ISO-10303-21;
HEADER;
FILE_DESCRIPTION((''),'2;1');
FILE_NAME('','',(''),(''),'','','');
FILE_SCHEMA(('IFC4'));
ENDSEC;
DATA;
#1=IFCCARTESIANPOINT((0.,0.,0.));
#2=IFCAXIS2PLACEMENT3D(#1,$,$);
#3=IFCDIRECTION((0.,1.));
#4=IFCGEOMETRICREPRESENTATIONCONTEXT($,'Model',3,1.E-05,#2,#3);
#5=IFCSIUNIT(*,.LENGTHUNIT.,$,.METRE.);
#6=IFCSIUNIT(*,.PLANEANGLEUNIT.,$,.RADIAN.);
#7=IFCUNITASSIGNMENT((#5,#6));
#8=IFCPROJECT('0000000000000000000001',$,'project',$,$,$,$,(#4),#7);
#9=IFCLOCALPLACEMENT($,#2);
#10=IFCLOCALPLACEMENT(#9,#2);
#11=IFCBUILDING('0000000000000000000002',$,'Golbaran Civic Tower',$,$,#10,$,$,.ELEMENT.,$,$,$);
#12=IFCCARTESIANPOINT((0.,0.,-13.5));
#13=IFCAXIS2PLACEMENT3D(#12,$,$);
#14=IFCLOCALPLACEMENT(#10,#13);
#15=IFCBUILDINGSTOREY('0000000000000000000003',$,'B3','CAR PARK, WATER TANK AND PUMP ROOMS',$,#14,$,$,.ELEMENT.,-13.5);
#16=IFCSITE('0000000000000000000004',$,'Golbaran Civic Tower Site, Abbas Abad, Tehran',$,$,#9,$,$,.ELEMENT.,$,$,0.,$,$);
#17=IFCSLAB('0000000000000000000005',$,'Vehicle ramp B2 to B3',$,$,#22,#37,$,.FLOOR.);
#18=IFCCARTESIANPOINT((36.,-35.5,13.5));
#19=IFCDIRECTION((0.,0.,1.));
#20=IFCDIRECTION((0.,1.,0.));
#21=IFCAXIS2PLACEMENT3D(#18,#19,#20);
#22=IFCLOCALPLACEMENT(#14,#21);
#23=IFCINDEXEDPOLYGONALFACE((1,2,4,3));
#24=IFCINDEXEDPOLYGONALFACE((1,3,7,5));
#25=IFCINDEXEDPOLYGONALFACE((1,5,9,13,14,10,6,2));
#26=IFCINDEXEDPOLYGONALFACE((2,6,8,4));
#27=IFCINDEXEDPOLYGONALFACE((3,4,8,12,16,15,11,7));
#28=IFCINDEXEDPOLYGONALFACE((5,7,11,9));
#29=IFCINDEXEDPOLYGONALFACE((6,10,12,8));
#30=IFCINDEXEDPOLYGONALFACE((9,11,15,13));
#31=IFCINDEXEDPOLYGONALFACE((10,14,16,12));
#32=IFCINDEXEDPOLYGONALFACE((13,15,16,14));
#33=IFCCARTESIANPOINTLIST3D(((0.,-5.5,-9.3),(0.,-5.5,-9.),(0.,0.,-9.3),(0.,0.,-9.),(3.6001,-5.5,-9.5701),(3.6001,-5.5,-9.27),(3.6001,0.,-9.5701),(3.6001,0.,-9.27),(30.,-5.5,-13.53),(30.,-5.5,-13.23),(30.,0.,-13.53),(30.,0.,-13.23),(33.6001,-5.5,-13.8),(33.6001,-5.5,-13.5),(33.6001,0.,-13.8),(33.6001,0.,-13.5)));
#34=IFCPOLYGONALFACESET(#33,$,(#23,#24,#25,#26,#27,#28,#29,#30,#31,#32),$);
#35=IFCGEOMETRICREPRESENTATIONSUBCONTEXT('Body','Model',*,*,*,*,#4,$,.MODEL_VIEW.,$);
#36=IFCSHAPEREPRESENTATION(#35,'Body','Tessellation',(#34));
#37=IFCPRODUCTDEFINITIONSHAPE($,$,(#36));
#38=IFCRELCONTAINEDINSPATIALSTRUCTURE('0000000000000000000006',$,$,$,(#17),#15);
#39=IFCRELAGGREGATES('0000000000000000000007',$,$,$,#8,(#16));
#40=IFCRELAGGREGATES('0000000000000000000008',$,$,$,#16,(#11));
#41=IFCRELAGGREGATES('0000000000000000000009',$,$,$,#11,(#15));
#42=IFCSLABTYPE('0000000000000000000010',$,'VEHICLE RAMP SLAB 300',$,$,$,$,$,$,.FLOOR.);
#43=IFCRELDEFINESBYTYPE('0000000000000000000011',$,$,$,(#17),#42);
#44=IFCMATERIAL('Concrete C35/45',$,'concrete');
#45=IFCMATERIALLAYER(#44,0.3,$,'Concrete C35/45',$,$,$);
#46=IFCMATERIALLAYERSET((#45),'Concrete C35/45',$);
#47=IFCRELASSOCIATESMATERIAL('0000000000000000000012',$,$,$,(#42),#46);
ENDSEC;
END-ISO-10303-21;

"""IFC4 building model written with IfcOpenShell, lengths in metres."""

from ifc_helpers import new_model, si_unit, direction, frame, origin, place, context, subcontext, project, spatial, polyline, outline, extrude, material, layer, layer_set, type_object, element, save


model = new_model("IFC4")

# Units and contexts
model_context = context("Model", 3, precision=1e-05, world=origin(), true_north=direction((0.0, 1.0)))
body_context = subcontext(model_context, "Body", "Model", "MODEL_VIEW")
ifc_project = project(units=[si_unit("LENGTHUNIT", "METRE"), si_unit("PLANEANGLEUNIT", "RADIAN")], contexts=[model_context])

# Site, building, storey
site_placement = place(None, origin())
site = spatial("IfcSite", under=ifc_project, at=site_placement, Name="Golbaran Civic Tower Site, Abbas Abad, Tehran", CompositionType="ELEMENT", RefElevation=0.0)
building_placement = place(site_placement, origin())
building = spatial("IfcBuilding", under=site, at=building_placement, Name="Golbaran Civic Tower", CompositionType="ELEMENT")
storey_placement = place(building_placement, frame((0.0, 0.0, -13.5)))
storey = spatial("IfcBuildingStorey", under=building, at=storey_placement, Name="B3", Description="CAR PARK, WATER TANK AND PUMP ROOMS", CompositionType="ELEMENT", Elevation=-13.5)

# Shared definitions
ifc_material_1 = material(Name="Concrete C35/45", Category="concrete")

# Slab
ifc_layer_1 = layer(ifc_material_1, 0.3, Name="Concrete C35/45")
ifc_layer_set_1 = layer_set([ifc_layer_1], Name="Concrete C35/45")
slab_type = type_object("IfcSlabType", Name="VEHICLE RAMP SLAB 300", PredefinedType="FLOOR", material=ifc_layer_set_1)
slab_placement = place(storey_placement, frame((36.0, -35.5, 13.5), z_axis=(0.0, 0.0, 1.0), x_axis=(0.0, 1.0, 0.0)))
element("IfcSlab", 1, at=slab_placement, inside=storey, type_object=slab_type, Name="Vehicle ramp B2 to B3", PredefinedType="FLOOR", context=body_context, shape_type="SweptSolid", body=[
    extrude(outline(polyline([(0.0, -9.0), (3.6001, -9.27), (30.0, -13.23), (33.6001, -13.5), (33.6001, -13.8), (30.0, -13.53), (3.6001, -9.5701), (0.0, -9.3), (0.0, -9.0)])), frame((0.0, 0.0, 0.0), z_axis=(0.0, -1.0, 0.0), x_axis=(1.0, 0.0, 0.0)), (0.0, 0.0, 1.0), 5.5),
])

save(model, "model.ifc")
